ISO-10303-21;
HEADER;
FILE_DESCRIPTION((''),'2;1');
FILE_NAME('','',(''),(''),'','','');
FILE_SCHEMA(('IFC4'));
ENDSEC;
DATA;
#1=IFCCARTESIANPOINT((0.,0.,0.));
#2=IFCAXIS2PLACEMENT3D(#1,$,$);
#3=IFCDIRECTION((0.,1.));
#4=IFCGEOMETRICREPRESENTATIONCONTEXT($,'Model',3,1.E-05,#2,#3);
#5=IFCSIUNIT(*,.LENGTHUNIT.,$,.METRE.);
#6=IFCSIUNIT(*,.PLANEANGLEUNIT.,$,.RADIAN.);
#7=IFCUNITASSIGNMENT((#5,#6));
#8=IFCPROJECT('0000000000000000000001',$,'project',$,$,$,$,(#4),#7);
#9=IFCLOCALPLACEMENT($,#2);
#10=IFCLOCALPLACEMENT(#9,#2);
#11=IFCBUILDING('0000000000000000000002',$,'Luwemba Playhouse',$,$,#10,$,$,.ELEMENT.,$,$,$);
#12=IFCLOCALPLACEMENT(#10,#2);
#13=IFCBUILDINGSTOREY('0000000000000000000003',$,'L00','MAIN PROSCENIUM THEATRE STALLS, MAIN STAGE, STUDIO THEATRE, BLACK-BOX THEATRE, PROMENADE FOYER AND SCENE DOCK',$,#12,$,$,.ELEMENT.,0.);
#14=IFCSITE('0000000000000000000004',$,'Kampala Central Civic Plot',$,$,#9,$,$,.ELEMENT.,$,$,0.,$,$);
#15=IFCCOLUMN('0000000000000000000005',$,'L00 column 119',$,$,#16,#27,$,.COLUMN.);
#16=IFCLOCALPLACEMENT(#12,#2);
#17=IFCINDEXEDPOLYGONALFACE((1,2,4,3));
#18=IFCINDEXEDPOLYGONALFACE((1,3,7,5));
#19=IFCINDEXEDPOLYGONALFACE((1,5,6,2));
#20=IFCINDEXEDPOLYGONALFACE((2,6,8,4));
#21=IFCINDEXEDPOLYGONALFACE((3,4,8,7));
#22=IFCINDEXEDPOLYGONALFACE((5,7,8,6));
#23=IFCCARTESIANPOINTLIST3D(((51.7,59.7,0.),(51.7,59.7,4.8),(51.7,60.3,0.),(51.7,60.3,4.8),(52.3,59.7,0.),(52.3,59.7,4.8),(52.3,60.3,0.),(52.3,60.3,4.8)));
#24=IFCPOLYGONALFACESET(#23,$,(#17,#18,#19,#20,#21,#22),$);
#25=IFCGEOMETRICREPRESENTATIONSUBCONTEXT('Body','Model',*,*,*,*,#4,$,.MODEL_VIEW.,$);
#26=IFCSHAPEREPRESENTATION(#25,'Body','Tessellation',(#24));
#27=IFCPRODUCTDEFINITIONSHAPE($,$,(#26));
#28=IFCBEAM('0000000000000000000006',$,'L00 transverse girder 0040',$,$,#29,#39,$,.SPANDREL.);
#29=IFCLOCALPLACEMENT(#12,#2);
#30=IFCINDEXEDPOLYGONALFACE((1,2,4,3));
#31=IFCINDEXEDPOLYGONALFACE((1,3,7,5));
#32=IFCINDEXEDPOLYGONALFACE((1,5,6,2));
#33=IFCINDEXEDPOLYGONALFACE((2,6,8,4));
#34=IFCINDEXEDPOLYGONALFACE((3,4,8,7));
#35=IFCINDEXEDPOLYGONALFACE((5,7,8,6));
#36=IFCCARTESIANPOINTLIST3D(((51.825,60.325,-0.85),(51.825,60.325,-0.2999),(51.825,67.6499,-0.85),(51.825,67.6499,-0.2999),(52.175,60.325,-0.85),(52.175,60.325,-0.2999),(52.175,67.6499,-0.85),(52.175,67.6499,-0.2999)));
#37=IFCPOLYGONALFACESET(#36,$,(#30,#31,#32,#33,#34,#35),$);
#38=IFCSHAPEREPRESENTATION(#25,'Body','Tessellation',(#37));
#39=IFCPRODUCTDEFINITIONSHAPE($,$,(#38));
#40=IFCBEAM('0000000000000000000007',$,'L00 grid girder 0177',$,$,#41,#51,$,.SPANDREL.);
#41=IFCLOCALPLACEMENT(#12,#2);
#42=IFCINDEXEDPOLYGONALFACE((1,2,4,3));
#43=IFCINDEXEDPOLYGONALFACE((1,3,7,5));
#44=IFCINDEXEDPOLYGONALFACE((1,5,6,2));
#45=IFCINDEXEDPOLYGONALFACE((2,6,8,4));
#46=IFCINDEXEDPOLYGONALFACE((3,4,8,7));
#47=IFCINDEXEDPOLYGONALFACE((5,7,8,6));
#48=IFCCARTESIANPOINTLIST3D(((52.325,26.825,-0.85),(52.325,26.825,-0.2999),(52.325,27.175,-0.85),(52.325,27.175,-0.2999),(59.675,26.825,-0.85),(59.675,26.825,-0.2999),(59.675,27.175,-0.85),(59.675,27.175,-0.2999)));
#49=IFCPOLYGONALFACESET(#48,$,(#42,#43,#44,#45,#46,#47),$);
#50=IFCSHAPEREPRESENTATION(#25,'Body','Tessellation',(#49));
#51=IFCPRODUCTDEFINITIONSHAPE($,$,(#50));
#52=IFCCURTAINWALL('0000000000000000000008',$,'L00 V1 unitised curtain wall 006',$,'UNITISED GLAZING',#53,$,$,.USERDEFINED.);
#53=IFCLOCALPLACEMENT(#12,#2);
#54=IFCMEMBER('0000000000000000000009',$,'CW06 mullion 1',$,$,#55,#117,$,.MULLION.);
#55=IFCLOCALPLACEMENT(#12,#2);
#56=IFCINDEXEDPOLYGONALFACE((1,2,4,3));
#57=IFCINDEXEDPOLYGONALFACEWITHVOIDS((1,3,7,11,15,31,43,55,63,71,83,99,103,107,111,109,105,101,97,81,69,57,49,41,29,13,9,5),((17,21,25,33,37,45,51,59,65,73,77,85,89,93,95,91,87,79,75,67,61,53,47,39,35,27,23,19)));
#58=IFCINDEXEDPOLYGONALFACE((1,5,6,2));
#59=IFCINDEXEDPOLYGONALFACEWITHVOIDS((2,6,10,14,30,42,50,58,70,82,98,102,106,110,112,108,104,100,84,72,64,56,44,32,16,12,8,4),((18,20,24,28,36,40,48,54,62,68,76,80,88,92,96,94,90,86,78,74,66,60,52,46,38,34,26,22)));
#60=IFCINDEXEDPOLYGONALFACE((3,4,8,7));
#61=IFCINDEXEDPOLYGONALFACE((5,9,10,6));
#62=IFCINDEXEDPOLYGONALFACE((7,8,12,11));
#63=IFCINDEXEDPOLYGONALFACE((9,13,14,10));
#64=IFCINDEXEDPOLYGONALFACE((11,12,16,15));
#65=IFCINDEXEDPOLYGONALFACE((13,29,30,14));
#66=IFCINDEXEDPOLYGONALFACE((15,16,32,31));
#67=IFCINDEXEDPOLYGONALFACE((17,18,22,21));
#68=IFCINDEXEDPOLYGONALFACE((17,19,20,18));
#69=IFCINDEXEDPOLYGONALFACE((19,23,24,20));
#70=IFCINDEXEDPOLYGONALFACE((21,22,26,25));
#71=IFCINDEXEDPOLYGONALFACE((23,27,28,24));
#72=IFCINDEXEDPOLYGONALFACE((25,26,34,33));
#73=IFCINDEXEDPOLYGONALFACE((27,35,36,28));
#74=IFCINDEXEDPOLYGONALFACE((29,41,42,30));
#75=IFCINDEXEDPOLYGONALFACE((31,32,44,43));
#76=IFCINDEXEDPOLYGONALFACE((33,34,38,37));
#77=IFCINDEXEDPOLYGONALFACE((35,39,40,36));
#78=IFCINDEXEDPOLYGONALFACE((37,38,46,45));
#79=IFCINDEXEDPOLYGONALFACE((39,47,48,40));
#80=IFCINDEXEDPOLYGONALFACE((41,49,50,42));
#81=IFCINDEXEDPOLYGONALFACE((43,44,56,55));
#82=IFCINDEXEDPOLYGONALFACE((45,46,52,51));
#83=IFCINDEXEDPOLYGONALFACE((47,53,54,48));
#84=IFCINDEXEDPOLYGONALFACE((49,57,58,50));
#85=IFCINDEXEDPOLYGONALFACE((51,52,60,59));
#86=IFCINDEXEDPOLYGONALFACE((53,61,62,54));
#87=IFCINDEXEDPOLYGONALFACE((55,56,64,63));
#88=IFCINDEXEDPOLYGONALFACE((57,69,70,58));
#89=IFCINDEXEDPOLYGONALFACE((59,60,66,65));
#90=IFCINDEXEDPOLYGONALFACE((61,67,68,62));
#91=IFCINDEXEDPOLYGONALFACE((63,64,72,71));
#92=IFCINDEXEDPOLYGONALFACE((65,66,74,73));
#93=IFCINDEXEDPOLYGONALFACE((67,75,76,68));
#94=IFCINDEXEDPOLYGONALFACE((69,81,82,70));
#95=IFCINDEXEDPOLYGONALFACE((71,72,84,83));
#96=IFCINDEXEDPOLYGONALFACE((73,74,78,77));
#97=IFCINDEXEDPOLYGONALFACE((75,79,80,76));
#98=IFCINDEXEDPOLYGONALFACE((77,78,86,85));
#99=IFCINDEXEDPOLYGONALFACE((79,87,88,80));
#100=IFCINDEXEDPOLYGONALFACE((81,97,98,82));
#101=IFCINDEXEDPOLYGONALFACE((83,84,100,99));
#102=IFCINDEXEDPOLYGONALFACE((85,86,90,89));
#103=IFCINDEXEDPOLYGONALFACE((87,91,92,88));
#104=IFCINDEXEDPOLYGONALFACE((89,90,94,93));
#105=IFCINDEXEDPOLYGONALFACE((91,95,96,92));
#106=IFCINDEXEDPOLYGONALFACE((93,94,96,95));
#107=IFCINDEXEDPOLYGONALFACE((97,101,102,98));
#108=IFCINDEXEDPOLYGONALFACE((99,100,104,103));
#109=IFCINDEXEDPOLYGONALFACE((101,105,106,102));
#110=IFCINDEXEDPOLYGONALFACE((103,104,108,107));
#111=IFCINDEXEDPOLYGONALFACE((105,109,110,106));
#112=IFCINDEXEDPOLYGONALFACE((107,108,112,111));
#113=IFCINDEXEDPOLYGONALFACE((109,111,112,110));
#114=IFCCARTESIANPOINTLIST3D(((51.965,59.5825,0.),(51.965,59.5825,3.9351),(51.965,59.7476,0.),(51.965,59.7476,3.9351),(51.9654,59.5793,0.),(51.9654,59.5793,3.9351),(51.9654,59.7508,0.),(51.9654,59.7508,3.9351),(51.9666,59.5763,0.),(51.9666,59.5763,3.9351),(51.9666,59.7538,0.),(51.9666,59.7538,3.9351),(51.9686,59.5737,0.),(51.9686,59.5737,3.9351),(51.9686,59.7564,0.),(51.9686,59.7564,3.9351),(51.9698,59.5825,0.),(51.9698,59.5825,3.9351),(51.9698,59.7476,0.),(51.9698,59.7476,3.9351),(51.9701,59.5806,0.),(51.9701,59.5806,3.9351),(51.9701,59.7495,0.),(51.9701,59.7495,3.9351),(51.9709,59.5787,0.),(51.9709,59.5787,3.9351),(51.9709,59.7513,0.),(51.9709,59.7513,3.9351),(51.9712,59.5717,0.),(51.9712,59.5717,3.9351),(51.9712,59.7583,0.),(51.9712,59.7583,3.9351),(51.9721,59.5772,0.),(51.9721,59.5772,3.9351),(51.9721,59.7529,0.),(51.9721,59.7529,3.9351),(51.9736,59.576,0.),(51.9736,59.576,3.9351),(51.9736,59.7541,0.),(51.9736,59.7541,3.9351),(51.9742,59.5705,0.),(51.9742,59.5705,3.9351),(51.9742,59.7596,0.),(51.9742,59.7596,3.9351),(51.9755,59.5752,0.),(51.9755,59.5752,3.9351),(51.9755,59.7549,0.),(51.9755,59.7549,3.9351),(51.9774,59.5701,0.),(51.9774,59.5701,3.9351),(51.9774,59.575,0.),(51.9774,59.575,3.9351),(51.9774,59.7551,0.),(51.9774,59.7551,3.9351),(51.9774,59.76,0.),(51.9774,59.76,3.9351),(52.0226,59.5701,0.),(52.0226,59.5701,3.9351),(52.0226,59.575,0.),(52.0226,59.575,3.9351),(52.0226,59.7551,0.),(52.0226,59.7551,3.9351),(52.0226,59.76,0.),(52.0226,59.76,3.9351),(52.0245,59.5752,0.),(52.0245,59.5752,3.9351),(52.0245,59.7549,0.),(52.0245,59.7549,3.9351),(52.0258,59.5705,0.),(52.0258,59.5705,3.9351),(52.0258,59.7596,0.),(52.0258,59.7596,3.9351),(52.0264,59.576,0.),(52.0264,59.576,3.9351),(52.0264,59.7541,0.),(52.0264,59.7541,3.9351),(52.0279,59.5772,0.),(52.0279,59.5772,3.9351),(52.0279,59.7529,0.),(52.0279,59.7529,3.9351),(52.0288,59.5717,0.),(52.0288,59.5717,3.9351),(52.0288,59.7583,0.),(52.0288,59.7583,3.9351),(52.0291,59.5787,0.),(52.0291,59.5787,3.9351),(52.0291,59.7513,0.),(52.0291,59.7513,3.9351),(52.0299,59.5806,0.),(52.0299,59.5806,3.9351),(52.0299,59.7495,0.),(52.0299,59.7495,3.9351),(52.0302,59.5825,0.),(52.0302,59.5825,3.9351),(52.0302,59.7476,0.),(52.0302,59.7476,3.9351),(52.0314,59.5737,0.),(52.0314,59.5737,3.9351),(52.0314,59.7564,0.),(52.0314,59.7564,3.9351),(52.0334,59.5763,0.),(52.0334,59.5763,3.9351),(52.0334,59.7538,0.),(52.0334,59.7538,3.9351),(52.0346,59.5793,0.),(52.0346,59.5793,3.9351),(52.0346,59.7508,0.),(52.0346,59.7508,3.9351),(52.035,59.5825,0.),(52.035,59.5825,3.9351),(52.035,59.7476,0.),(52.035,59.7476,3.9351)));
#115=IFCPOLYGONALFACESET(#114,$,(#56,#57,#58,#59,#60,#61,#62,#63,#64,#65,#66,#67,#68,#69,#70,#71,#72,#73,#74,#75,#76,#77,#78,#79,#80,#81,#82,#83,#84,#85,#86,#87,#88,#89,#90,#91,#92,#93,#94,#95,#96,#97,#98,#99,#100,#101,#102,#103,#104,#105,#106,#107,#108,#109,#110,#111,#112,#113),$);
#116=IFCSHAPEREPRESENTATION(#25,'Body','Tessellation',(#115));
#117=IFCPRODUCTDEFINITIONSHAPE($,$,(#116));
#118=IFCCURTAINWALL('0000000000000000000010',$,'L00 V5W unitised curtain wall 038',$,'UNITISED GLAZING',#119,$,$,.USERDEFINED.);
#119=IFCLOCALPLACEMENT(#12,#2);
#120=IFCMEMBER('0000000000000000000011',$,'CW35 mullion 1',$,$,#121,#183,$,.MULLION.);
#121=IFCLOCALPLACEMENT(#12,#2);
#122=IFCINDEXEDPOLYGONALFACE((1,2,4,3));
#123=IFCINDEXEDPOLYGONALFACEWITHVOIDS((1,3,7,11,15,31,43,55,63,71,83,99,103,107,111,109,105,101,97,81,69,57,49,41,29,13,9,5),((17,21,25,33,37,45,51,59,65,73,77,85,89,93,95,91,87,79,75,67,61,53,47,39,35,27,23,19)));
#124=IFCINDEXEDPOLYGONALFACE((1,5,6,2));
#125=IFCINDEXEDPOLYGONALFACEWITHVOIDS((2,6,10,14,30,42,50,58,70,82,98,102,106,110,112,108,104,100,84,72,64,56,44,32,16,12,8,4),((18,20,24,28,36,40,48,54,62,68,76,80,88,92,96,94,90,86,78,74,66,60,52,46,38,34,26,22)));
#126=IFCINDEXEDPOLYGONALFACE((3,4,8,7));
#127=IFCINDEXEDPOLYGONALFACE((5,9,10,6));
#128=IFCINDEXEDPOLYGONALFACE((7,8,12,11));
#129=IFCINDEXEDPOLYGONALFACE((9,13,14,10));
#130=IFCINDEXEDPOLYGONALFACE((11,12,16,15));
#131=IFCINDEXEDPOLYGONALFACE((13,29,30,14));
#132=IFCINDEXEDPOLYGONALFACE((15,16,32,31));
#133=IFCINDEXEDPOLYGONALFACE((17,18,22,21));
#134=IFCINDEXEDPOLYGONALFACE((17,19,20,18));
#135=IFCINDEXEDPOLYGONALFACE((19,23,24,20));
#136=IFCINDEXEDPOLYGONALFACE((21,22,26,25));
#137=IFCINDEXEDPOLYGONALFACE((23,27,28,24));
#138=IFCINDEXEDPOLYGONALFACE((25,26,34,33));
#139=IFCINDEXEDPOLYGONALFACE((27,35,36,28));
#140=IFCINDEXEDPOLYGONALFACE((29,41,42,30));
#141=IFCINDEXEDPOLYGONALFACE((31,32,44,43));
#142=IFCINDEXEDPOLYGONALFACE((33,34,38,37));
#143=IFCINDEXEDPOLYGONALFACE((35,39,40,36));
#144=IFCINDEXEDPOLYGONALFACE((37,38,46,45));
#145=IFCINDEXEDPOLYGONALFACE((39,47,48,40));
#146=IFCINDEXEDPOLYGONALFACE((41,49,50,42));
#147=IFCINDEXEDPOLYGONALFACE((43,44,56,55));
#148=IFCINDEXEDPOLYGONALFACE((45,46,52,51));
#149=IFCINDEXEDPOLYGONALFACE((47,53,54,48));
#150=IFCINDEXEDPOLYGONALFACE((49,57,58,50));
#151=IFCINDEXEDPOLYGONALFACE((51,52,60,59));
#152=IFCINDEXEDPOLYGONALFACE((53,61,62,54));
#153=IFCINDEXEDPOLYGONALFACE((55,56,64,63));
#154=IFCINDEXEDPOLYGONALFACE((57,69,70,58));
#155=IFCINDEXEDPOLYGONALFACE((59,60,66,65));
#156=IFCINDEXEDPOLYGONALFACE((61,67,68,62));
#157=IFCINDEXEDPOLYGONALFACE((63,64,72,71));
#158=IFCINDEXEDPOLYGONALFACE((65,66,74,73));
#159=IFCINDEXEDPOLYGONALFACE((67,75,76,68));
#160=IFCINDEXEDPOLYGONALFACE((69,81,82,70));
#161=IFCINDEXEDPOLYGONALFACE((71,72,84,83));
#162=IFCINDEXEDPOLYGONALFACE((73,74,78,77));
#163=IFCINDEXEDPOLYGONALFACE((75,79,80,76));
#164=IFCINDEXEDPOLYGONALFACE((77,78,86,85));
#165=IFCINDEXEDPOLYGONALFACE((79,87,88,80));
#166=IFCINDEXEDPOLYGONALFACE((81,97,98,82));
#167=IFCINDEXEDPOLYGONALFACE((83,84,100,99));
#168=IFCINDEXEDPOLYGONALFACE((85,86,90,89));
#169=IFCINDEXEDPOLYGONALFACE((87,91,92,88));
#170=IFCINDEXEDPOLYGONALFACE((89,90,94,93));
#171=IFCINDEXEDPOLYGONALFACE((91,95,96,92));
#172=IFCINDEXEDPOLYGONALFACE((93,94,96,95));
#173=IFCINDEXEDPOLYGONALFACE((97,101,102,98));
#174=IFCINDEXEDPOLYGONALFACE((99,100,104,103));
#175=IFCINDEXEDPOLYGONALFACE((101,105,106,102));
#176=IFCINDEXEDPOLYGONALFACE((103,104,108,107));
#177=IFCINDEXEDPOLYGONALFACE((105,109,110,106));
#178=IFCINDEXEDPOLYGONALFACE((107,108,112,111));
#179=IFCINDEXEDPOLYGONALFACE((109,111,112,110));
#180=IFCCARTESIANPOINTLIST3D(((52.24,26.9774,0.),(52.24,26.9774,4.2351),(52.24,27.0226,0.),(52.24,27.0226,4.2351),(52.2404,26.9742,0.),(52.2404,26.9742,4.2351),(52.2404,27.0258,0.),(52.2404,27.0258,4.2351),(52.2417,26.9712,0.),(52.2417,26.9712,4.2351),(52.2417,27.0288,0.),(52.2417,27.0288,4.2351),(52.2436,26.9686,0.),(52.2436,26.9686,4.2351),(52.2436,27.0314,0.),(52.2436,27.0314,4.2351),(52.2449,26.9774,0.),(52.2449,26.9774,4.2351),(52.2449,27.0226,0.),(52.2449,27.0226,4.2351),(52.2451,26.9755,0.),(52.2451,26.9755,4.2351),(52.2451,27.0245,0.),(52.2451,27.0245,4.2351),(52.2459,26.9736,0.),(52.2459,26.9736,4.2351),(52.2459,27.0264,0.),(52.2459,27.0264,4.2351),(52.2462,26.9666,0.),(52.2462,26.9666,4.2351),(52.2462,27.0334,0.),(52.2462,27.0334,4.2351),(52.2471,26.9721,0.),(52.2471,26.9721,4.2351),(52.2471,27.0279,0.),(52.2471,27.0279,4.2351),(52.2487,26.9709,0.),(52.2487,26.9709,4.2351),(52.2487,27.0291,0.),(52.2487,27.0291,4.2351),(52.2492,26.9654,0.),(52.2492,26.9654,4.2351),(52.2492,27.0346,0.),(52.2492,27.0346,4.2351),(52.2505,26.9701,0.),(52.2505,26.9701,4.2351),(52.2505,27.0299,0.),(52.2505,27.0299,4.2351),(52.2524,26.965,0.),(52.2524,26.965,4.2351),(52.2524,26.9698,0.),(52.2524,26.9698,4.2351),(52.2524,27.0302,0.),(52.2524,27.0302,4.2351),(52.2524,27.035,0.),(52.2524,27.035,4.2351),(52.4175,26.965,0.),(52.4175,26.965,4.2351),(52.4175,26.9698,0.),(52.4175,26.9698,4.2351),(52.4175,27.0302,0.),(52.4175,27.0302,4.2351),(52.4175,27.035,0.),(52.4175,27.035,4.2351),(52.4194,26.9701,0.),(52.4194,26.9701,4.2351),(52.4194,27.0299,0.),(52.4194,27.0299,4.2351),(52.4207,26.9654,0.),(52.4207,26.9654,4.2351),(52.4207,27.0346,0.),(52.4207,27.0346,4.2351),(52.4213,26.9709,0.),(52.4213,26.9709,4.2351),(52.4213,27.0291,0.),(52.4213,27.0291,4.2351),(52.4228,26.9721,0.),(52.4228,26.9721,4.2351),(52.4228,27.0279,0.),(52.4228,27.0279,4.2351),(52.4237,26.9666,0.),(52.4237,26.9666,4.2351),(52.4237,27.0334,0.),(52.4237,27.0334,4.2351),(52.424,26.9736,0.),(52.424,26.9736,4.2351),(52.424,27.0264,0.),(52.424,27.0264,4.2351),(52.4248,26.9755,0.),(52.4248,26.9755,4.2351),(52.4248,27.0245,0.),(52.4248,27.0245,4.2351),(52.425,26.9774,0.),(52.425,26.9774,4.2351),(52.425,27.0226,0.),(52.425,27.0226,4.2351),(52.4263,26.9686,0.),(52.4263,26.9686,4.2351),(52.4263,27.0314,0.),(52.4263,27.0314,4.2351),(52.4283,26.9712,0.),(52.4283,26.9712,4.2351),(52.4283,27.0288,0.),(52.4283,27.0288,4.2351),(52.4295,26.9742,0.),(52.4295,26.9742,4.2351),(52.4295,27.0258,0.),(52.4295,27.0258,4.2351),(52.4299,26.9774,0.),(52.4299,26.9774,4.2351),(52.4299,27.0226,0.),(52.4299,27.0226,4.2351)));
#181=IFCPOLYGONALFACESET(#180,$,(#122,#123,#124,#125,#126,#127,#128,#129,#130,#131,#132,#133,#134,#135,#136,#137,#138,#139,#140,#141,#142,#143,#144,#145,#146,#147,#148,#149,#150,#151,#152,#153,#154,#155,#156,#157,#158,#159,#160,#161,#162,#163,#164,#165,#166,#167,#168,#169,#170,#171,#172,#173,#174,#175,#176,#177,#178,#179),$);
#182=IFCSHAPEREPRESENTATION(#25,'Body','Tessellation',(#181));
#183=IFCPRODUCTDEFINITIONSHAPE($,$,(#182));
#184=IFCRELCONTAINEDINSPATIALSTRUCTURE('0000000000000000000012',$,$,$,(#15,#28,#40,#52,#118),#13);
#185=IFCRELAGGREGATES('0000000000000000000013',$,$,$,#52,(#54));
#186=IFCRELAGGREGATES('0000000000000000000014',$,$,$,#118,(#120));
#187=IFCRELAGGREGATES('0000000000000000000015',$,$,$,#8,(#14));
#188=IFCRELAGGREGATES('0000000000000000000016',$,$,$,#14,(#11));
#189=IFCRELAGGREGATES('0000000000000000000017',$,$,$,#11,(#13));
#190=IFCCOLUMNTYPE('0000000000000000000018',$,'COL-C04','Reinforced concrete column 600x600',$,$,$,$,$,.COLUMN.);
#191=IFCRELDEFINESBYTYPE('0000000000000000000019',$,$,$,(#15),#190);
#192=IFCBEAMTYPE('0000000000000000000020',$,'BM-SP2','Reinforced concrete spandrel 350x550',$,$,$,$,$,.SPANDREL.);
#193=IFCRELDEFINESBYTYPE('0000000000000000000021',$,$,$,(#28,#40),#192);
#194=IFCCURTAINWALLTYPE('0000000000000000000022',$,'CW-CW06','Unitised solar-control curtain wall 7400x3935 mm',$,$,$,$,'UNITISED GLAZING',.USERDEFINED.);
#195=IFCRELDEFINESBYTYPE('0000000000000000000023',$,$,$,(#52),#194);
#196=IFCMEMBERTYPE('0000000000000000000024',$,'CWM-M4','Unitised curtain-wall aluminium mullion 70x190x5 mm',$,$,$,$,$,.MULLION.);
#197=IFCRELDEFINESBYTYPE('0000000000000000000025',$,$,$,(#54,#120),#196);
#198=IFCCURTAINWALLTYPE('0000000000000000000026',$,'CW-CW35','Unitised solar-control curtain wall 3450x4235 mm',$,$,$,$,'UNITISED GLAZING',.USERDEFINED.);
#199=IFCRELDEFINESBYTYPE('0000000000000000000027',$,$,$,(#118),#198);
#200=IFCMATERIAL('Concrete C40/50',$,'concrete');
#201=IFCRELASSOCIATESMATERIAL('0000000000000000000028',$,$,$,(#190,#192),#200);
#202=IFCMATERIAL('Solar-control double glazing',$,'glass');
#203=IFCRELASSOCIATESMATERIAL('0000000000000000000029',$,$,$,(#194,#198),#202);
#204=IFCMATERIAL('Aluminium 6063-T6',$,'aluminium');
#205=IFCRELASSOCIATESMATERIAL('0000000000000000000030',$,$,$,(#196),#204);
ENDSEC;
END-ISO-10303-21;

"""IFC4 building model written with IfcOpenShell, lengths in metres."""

from ifc_helpers import new_model, si_unit, direction, frame, origin, origin_2d, place, context, subcontext, project, spatial, rectangle, hollow_rectangle, extrude, material, material_profile, profile_set, type_object, element, aggregate, save


model = new_model("IFC4")

# Units and contexts
model_context = context("Model", 3, precision=1e-05, world=origin(), true_north=direction((0.0, 1.0)))
body_context = subcontext(model_context, "Body", "Model", "MODEL_VIEW")
ifc_project = project(units=[si_unit("LENGTHUNIT", "METRE"), si_unit("PLANEANGLEUNIT", "RADIAN")], contexts=[model_context])

# Site, building, storey
site_placement = place(None, origin())
site = spatial("IfcSite", under=ifc_project, at=site_placement, Name="Kampala Central Civic Plot", CompositionType="ELEMENT", RefElevation=0.0)
building_placement = place(site_placement, origin())
building = spatial("IfcBuilding", under=site, at=building_placement, Name="Luwemba Playhouse", CompositionType="ELEMENT")
storey_placement = place(building_placement, origin())
storey = spatial("IfcBuildingStorey", under=building, at=storey_placement, Name="L00", Description="MAIN PROSCENIUM THEATRE STALLS, MAIN STAGE, STUDIO THEATRE, BLACK-BOX THEATRE, PROMENADE FOYER AND SCENE DOCK", CompositionType="ELEMENT", Elevation=0.0)

# Column
ifc_material_1 = material(Name="Concrete C40/50", Category="concrete")
ifc_material_profile_1 = material_profile(ifc_material_1, rectangle(XDim=0.6001, YDim=0.6001, at=origin_2d()))
ifc_profile_set_1 = profile_set([ifc_material_profile_1], Name="Concrete C40/50")
column_type = type_object("IfcColumnType", Name="COL-C04", Description="Reinforced concrete column 600x600", PredefinedType="COLUMN", material=ifc_profile_set_1)
column_placement = place(storey_placement, frame((52.0, 60.0, 0.0), z_axis=(0.0, 0.0, 1.0), x_axis=(1.0, 0.0, 0.0)))
element("IfcColumn", 1, at=column_placement, inside=storey, type_object=column_type, Name="L00 column 119", PredefinedType="COLUMN", context=body_context, shape_type="SweptSolid", body=[
    extrude(rectangle(XDim=0.6001, YDim=0.6001, at=origin_2d()), origin(), (0.0, 0.0, 1.0), 4.8),
])

# Beams
ifc_material_profile_2 = material_profile(ifc_material_1, rectangle(XDim=0.3501, YDim=0.55, at=origin_2d()))
ifc_profile_set_2 = profile_set([ifc_material_profile_2], Name="Concrete C40/50")
beam_type = type_object("IfcBeamType", Name="BM-SP2", Description="Reinforced concrete spandrel 350x550", PredefinedType="SPANDREL", material=ifc_profile_set_2)
beam_1_placement = place(storey_placement, frame((52.0, 60.325, -0.575), z_axis=(0.0, 1.0, 0.0), x_axis=(-1.0, 0.0, 0.0)))
element("IfcBeam", 2, at=beam_1_placement, inside=storey, type_object=beam_type, Name="L00 transverse girder 0040", PredefinedType="SPANDREL", context=body_context, shape_type="SweptSolid", body=[
    extrude(rectangle(XDim=0.3501, YDim=0.55, at=origin_2d()), origin(), (0.0, 0.0, 1.0), 7.325),
])
beam_2_placement = place(storey_placement, frame((52.325, 27.0, -0.575), z_axis=(1.0, 0.0, 0.0), x_axis=(0.0, 1.0, 0.0)))
element("IfcBeam", 3, at=beam_2_placement, inside=storey, type_object=beam_type, Name="L00 grid girder 0177", PredefinedType="SPANDREL", context=body_context, shape_type="SweptSolid", body=[
    extrude(rectangle(XDim=0.3501, YDim=0.55, at=origin_2d()), origin(), (0.0, 0.0, 1.0), 7.3501),
])

# Curtain wall, member
ifc_material_2 = material(Name="Solar-control double glazing", Category="glass")
curtain_wall_type_1 = type_object("IfcCurtainWallType", Name="CW-CW06", Description="Unitised solar-control curtain wall 7400x3935 mm", ElementType="UNITISED GLAZING", PredefinedType="USERDEFINED", material=ifc_material_2)
curtain_wall_1_placement = place(storey_placement, origin())
curtain_wall_1 = element("IfcCurtainWall", 4, at=curtain_wall_1_placement, inside=storey, type_object=curtain_wall_type_1, Name="L00 V1 unitised curtain wall 006", ObjectType="UNITISED GLAZING", PredefinedType="USERDEFINED")
ifc_material_3 = material(Name="Aluminium 6063-T6", Category="aluminium")
ifc_material_profile_3 = material_profile(ifc_material_3, hollow_rectangle(XDim=0.0701, YDim=0.1899, WallThickness=0.0049, InnerFilletRadius=0.0076, OuterFilletRadius=0.0125, at=origin_2d()))
ifc_profile_set_3 = profile_set([ifc_material_profile_3], Name="Aluminium 6063-T6")
member_type_1 = type_object("IfcMemberType", Name="CWM-M4", Description="Unitised curtain-wall aluminium mullion 70x190x5 mm", PredefinedType="MULLION", material=ifc_profile_set_3)
member_1_placement = place(storey_placement, frame((52.0, 59.665, 0.0), z_axis=(0.0, 0.0, 1.0), x_axis=(1.0, 0.0, 0.0)))
member_1 = element("IfcMember", 5, at=member_1_placement, type_object=member_type_1, Name="CW06 mullion 1", PredefinedType="MULLION", context=body_context, shape_type="SweptSolid", body=[
    extrude(hollow_rectangle(XDim=0.0701, YDim=0.1899, WallThickness=0.0049, InnerFilletRadius=0.0076, OuterFilletRadius=0.0125, at=origin_2d()), origin(), (0.0, 0.0, 1.0), 3.9351),
])

# Curtain wall, member
curtain_wall_type_2 = type_object("IfcCurtainWallType", Name="CW-CW35", Description="Unitised solar-control curtain wall 3450x4235 mm", ElementType="UNITISED GLAZING", PredefinedType="USERDEFINED", material=ifc_material_2)
curtain_wall_2_placement = place(storey_placement, origin())
curtain_wall_2 = element("IfcCurtainWall", 6, at=curtain_wall_2_placement, inside=storey, type_object=curtain_wall_type_2, Name="L00 V5W unitised curtain wall 038", ObjectType="UNITISED GLAZING", PredefinedType="USERDEFINED")
member_2_placement = place(storey_placement, frame((52.335, 27.0, 0.0), z_axis=(0.0, 0.0, 1.0), x_axis=(0.0, 1.0, 0.0)))
member_2 = element("IfcMember", 7, at=member_2_placement, type_object=member_type_1, Name="CW35 mullion 1", PredefinedType="MULLION", context=body_context, shape_type="SweptSolid", body=[
    extrude(hollow_rectangle(XDim=0.0701, YDim=0.1899, WallThickness=0.0049, InnerFilletRadius=0.0076, OuterFilletRadius=0.0125, at=origin_2d()), origin(), (0.0, 0.0, 1.0), 4.2351),
])

aggregate(curtain_wall_1, [member_1])
aggregate(curtain_wall_2, [member_2])

save(model, "model.ifc")
